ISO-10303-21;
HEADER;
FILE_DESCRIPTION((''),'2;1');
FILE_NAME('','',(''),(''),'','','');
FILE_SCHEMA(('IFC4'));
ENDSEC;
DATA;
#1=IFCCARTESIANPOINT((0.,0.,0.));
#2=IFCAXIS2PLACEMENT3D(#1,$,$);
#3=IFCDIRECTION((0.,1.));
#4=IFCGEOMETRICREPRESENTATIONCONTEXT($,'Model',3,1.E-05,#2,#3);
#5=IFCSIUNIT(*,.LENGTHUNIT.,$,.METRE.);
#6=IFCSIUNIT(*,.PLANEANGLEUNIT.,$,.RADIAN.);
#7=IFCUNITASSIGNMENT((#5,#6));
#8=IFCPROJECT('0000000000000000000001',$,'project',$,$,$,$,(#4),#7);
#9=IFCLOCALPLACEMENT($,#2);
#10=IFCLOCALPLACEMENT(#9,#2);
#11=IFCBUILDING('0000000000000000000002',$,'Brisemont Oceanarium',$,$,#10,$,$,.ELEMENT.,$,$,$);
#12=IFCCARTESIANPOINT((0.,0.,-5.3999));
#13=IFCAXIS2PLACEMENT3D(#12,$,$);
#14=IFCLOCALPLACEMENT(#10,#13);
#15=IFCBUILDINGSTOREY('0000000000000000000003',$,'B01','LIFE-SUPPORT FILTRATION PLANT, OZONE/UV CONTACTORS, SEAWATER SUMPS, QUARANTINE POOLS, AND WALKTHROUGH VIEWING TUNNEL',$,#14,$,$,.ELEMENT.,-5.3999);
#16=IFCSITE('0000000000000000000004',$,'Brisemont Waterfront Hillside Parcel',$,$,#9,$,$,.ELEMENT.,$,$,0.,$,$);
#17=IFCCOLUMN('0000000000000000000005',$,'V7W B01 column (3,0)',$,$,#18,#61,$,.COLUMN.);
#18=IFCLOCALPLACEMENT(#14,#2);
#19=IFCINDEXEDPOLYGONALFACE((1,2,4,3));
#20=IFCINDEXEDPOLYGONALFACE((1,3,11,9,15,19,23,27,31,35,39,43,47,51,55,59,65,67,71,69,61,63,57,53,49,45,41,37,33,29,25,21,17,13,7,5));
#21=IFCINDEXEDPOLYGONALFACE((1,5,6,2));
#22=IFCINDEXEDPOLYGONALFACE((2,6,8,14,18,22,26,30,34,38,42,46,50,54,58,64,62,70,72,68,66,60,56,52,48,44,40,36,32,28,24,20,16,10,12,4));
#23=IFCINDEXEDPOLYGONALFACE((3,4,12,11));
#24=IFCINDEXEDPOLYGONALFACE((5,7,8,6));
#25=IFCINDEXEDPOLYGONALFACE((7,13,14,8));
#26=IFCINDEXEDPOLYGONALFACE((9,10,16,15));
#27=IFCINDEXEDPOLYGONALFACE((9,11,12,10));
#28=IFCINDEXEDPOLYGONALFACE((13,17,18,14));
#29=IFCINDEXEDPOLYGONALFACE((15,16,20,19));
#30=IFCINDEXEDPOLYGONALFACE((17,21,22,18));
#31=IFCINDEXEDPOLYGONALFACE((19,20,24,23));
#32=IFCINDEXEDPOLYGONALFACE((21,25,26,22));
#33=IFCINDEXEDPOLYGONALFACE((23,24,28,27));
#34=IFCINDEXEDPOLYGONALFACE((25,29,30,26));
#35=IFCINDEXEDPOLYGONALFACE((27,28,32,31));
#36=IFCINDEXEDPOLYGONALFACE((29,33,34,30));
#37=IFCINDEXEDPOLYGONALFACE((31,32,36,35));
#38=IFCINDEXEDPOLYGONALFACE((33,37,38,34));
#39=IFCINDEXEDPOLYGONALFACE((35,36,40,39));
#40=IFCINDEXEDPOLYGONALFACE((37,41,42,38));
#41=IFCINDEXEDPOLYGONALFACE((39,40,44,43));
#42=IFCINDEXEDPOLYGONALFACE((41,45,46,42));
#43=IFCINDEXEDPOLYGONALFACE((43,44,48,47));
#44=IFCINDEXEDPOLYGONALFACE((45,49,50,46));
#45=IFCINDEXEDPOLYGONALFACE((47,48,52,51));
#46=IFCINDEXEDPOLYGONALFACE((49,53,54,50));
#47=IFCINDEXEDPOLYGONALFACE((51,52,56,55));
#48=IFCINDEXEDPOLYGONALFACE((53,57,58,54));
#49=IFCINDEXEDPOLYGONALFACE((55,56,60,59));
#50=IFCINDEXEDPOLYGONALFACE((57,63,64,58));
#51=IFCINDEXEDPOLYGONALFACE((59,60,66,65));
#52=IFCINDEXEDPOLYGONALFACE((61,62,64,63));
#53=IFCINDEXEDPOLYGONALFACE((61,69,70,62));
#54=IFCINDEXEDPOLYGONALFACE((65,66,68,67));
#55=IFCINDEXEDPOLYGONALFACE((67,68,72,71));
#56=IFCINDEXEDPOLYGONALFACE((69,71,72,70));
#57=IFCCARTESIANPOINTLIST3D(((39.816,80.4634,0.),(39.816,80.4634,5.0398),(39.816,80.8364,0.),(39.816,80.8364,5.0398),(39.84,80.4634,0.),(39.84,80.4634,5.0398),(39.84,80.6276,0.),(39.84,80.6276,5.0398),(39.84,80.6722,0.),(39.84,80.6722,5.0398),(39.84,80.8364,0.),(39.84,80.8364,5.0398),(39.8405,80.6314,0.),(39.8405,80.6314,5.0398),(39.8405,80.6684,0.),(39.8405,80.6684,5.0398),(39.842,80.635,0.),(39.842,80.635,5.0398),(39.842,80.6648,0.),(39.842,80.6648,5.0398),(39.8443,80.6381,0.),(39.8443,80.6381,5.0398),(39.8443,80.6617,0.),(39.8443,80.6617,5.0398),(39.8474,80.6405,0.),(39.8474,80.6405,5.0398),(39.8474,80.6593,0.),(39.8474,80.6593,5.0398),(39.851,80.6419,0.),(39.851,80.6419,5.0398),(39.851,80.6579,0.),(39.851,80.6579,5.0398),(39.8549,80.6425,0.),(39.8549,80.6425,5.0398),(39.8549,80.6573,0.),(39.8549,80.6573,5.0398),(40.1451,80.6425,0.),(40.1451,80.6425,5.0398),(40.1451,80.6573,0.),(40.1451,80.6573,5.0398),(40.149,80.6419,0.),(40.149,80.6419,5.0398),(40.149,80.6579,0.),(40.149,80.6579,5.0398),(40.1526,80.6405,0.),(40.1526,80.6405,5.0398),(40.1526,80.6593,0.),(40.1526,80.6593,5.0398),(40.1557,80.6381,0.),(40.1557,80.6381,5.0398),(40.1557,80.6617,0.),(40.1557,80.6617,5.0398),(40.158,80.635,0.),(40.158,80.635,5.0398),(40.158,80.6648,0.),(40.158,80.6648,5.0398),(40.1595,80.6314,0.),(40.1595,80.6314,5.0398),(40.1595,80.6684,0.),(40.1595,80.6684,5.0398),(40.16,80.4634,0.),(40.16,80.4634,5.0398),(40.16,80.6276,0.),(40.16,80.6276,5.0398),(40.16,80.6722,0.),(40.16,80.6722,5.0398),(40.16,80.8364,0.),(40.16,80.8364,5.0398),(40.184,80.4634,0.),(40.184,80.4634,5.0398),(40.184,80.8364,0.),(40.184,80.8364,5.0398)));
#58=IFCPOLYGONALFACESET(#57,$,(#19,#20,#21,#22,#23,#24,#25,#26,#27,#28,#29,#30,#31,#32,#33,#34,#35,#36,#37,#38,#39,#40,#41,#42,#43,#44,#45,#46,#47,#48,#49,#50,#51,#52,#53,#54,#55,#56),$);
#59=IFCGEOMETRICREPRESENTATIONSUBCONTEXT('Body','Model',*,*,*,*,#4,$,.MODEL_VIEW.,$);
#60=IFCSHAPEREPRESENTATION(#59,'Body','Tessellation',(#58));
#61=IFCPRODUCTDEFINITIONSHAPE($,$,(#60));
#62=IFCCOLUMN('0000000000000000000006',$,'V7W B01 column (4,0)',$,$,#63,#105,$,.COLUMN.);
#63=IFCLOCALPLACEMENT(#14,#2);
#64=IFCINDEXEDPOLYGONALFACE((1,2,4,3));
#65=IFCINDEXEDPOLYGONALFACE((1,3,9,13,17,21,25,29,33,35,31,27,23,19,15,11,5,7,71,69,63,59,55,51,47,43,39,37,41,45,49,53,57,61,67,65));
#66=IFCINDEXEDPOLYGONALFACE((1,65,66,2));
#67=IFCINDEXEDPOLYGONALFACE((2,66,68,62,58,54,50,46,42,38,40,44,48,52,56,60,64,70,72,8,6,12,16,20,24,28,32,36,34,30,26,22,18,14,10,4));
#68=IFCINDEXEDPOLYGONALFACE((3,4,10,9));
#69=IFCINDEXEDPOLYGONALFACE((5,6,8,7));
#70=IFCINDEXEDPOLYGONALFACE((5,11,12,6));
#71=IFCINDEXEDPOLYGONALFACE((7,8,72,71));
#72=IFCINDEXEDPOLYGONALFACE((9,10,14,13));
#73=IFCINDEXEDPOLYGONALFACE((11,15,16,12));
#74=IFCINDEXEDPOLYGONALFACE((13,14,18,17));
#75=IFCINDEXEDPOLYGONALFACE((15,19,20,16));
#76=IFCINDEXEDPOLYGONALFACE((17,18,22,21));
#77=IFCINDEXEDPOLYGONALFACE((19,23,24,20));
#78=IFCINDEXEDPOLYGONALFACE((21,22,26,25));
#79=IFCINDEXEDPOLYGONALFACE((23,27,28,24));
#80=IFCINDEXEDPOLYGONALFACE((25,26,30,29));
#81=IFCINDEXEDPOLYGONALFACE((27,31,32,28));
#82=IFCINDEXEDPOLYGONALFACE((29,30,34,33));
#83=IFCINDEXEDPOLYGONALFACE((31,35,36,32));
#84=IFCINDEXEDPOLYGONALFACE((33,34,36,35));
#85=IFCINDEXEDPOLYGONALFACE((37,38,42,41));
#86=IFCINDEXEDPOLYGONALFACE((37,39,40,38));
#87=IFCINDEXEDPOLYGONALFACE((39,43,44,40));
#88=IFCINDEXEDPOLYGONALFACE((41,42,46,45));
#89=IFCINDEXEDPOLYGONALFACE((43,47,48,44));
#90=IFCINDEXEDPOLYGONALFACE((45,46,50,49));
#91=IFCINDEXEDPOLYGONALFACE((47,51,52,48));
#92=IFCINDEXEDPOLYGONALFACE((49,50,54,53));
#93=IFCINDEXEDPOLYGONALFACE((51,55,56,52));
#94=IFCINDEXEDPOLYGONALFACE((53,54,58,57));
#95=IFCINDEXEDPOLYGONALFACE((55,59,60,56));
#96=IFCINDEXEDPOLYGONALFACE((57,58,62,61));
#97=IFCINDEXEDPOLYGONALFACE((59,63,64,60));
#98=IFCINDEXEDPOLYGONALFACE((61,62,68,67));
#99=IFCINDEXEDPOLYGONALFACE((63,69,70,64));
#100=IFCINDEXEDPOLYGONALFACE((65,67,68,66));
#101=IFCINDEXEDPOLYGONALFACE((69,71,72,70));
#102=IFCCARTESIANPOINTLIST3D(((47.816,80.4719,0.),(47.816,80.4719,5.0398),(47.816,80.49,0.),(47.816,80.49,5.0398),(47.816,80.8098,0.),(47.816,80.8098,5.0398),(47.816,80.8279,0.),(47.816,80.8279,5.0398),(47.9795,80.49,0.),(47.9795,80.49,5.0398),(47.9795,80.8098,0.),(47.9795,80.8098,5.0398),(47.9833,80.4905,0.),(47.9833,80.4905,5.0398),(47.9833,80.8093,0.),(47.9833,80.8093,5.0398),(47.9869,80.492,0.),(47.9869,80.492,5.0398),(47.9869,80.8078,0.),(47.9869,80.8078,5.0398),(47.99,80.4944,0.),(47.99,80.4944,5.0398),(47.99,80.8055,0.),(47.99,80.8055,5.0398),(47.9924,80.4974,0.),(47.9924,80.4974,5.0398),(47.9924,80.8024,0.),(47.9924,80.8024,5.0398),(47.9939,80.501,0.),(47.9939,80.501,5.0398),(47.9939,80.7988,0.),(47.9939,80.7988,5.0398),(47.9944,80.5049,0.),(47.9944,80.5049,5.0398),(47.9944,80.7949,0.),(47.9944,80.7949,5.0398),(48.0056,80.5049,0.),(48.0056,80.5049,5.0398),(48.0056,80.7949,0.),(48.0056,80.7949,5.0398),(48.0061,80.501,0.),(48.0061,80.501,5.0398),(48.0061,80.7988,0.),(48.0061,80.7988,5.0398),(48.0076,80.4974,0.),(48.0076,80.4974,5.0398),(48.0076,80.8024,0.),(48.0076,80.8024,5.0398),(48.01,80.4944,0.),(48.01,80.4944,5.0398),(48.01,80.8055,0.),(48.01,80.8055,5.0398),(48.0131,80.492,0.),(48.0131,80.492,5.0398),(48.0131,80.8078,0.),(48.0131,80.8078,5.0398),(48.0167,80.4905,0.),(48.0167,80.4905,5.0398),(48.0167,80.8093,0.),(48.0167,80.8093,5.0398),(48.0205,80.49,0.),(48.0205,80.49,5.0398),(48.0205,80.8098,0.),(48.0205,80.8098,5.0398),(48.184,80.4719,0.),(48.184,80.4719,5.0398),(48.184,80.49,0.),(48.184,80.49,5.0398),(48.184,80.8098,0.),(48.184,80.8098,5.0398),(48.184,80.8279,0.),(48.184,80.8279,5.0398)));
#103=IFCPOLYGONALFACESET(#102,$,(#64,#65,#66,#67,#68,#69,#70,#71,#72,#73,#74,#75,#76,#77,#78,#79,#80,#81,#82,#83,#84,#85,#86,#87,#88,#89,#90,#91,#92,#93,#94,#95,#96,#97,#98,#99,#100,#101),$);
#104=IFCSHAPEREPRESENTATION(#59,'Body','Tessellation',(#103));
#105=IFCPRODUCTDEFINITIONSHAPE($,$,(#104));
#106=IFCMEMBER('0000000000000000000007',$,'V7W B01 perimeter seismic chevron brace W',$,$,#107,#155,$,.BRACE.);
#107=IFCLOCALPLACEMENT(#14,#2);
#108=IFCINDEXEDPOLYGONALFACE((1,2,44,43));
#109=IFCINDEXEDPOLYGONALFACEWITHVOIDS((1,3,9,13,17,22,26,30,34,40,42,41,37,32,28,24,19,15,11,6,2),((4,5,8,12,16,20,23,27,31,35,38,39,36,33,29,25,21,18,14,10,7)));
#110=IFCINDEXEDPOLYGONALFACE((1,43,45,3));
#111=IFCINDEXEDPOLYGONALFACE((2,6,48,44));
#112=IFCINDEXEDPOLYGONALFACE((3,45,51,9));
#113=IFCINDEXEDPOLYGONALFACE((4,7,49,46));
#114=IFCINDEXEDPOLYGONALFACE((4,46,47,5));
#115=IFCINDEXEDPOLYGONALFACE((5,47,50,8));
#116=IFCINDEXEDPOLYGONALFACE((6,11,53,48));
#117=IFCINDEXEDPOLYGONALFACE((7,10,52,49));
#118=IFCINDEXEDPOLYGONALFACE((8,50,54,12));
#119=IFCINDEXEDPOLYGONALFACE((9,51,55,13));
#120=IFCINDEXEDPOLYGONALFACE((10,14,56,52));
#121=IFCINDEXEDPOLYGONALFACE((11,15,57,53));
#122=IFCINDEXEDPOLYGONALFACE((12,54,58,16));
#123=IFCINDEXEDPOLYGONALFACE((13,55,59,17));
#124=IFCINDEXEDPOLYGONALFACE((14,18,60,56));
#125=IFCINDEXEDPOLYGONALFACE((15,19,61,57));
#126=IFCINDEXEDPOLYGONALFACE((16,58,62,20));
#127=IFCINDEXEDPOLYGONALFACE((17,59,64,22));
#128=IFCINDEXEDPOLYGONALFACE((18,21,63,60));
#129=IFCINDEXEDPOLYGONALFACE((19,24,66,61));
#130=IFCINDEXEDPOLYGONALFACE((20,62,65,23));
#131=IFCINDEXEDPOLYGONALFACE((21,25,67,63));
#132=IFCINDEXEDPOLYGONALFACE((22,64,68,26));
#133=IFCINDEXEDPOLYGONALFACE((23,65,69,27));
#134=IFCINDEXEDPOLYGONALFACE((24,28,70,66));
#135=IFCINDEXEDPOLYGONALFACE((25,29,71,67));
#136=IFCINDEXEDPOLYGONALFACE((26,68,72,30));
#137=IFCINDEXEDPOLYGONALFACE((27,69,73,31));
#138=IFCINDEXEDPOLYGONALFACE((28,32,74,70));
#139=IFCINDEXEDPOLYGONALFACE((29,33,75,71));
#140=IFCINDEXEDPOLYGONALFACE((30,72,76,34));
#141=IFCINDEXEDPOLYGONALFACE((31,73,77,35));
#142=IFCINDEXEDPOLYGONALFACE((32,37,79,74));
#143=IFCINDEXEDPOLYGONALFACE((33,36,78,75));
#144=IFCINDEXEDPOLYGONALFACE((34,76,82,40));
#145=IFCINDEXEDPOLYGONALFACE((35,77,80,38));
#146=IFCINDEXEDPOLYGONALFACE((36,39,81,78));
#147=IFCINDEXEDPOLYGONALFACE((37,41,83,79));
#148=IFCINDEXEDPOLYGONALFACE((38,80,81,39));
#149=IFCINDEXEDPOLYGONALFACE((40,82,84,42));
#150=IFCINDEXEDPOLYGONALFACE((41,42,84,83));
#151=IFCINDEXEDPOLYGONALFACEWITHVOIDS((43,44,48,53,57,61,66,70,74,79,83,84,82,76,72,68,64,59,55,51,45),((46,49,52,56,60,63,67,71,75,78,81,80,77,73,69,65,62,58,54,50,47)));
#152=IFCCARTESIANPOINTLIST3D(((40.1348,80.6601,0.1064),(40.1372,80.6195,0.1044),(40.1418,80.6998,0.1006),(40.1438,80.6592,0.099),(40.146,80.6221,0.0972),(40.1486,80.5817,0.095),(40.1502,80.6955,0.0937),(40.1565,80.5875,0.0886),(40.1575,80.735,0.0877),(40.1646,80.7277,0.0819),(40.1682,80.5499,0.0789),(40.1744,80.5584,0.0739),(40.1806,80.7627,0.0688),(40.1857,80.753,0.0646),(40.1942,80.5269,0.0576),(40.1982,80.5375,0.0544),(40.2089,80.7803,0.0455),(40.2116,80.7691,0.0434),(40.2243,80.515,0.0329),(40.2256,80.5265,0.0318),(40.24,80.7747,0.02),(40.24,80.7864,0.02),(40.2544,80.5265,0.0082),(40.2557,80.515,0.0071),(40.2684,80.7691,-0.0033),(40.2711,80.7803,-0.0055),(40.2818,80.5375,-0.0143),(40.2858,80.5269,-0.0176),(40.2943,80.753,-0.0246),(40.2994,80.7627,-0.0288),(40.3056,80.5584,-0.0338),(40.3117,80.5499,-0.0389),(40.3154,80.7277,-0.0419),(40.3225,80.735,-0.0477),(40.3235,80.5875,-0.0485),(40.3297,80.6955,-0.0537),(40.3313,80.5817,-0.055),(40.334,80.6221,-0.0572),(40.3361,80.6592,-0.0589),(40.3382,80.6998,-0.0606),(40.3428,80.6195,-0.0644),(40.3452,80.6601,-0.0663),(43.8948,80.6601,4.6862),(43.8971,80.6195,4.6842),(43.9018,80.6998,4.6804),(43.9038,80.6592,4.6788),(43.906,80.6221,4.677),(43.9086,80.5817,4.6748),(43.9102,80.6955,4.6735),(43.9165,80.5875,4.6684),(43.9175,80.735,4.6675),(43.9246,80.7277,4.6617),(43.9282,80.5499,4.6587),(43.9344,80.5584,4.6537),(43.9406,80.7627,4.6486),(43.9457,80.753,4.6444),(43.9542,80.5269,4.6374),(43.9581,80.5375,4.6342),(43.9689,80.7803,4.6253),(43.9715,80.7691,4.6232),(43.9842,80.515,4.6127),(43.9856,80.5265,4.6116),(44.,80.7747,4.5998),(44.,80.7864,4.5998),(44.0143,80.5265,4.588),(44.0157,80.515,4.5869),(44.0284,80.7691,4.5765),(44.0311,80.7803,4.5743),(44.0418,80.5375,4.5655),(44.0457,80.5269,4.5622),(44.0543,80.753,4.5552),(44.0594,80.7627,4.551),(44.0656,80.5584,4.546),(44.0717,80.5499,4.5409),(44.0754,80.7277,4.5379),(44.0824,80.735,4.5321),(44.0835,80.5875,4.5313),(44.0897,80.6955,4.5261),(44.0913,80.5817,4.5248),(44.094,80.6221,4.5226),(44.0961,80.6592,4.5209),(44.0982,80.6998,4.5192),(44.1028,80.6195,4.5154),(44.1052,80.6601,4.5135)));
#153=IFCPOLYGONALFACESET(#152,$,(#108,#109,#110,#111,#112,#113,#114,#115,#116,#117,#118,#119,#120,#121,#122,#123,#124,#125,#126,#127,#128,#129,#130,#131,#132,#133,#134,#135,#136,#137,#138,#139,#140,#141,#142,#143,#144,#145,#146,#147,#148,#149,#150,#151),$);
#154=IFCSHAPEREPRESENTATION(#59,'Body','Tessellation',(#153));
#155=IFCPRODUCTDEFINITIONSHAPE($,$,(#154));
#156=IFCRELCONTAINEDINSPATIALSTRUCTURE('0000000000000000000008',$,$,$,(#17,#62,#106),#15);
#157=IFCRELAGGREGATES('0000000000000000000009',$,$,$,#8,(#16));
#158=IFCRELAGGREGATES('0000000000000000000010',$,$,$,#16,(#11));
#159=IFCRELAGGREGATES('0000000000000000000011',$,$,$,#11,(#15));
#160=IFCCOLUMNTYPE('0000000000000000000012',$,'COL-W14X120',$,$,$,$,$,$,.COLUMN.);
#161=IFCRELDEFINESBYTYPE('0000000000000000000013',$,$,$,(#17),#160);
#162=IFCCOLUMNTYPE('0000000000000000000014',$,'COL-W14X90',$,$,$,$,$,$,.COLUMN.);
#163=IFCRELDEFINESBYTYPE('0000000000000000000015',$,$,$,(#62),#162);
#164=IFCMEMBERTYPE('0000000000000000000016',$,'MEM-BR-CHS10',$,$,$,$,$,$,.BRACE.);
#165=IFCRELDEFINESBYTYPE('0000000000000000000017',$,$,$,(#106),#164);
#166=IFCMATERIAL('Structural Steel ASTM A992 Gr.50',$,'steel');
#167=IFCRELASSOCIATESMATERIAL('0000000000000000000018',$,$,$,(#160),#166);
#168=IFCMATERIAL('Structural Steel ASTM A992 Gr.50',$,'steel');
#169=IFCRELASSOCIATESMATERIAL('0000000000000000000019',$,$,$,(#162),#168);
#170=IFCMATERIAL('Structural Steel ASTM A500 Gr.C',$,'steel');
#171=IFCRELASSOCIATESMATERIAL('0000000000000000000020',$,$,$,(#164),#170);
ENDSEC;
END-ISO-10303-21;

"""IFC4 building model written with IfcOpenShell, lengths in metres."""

from ifc_helpers import new_model, si_unit, direction, frame, origin, origin_2d, place, context, subcontext, project, spatial, hollow_circle, i_section, extrude, material, material_profile, profile_set, type_object, element, save


model = new_model("IFC4")

# Units and contexts
model_context = context("Model", 3, precision=1e-05, world=origin(), true_north=direction((0.0, 1.0)))
body_context = subcontext(model_context, "Body", "Model", "MODEL_VIEW")
ifc_project = project(units=[si_unit("LENGTHUNIT", "METRE"), si_unit("PLANEANGLEUNIT", "RADIAN")], contexts=[model_context])

# Site, building, storey
site_placement = place(None, origin())
site = spatial("IfcSite", under=ifc_project, at=site_placement, Name="Brisemont Waterfront Hillside Parcel", CompositionType="ELEMENT", RefElevation=0.0)
building_placement = place(site_placement, origin())
building = spatial("IfcBuilding", under=site, at=building_placement, Name="Brisemont Oceanarium", CompositionType="ELEMENT")
storey_placement = place(building_placement, frame((0.0, 0.0, -5.3999)))
storey = spatial("IfcBuildingStorey", under=building, at=storey_placement, Name="B01", Description="LIFE-SUPPORT FILTRATION PLANT, OZONE/UV CONTACTORS, SEAWATER SUMPS, QUARANTINE POOLS, AND WALKTHROUGH VIEWING TUNNEL", CompositionType="ELEMENT", Elevation=-5.3999)

# Columns
ifc_material_1 = material(Name="Structural Steel ASTM A992 Gr.50", Category="steel")
ifc_material_profile_1 = material_profile(ifc_material_1, i_section(OverallWidth=0.373, OverallDepth=0.3679, WebThickness=0.0149, FlangeThickness=0.0239, FilletRadius=0.0149, at=origin_2d()), Name="W14X120")
ifc_profile_set_1 = profile_set([ifc_material_profile_1], Name="Structural Steel ASTM A992 Gr.50")
column_type_1 = type_object("IfcColumnType", Name="COL-W14X120", PredefinedType="COLUMN", material=ifc_profile_set_1)
column_1_placement = place(storey_placement, frame((40.0, 80.6499, 0.0), z_axis=(0.0, 0.0, 1.0), x_axis=(0.0, 1.0, 0.0)))
element("IfcColumn", 1, at=column_1_placement, inside=storey, type_object=column_type_1, Name="V7W B01 column (3,0)", PredefinedType="COLUMN", context=body_context, shape_type="SweptSolid", body=[
    extrude(i_section(OverallWidth=0.373, OverallDepth=0.3679, WebThickness=0.0149, FlangeThickness=0.0239, FilletRadius=0.0149, at=origin_2d()), origin(), (0.0, 0.0, 1.0), 5.0398),
])
ifc_material_2 = material(Name="Structural Steel ASTM A992 Gr.50", Category="steel")
ifc_material_profile_2 = material_profile(ifc_material_2, i_section(OverallWidth=0.3679, OverallDepth=0.356, WebThickness=0.0112, FlangeThickness=0.0181, FilletRadius=0.0149, at=origin_2d()), Name="W14X90")
ifc_profile_set_2 = profile_set([ifc_material_profile_2], Name="Structural Steel ASTM A992 Gr.50")
column_type_2 = type_object("IfcColumnType", Name="COL-W14X90", PredefinedType="COLUMN", material=ifc_profile_set_2)
column_2_placement = place(storey_placement, frame((48.0, 80.6499, 0.0), z_axis=(0.0, 0.0, 1.0), x_axis=(1.0, 0.0, 0.0)))
element("IfcColumn", 2, at=column_2_placement, inside=storey, type_object=column_type_2, Name="V7W B01 column (4,0)", PredefinedType="COLUMN", context=body_context, shape_type="SweptSolid", body=[
    extrude(i_section(OverallWidth=0.3679, OverallDepth=0.356, WebThickness=0.0112, FlangeThickness=0.0181, FilletRadius=0.0149, at=origin_2d()), origin(), (0.0, 0.0, 1.0), 5.0398),
])

# Member
ifc_material_3 = material(Name="Structural Steel ASTM A500 Gr.C", Category="steel")
ifc_material_profile_3 = material_profile(ifc_material_3, hollow_circle(Radius=0.1365, WallThickness=0.0117, at=origin_2d()), Name="HSS10.750X0.500")
ifc_profile_set_3 = profile_set([ifc_material_profile_3], Name="Structural Steel ASTM A500 Gr.C")
member_type = type_object("IfcMemberType", Name="MEM-BR-CHS10", PredefinedType="BRACE", material=ifc_profile_set_3)
for number, where, z_axis, x_axis, name in (
    (3, (40.24, 80.6499, 0.02), (0.634538, 0.0, 0.772892), (0.0, 1.0, 0.0), "V7W B01 perimeter seismic chevron brace W"),
):
    element("IfcMember", number, at=place(storey_placement, frame(where, z_axis=z_axis, x_axis=x_axis)), inside=storey, type_object=member_type, Name=name, PredefinedType="BRACE", context=body_context, shape_type="SweptSolid", body=[
        extrude(hollow_circle(Radius=0.1365, WallThickness=0.0117, at=origin_2d()), origin(), (0.0, 0.0, 1.0), 5.9255),
    ])

save(model, "model.ifc")
